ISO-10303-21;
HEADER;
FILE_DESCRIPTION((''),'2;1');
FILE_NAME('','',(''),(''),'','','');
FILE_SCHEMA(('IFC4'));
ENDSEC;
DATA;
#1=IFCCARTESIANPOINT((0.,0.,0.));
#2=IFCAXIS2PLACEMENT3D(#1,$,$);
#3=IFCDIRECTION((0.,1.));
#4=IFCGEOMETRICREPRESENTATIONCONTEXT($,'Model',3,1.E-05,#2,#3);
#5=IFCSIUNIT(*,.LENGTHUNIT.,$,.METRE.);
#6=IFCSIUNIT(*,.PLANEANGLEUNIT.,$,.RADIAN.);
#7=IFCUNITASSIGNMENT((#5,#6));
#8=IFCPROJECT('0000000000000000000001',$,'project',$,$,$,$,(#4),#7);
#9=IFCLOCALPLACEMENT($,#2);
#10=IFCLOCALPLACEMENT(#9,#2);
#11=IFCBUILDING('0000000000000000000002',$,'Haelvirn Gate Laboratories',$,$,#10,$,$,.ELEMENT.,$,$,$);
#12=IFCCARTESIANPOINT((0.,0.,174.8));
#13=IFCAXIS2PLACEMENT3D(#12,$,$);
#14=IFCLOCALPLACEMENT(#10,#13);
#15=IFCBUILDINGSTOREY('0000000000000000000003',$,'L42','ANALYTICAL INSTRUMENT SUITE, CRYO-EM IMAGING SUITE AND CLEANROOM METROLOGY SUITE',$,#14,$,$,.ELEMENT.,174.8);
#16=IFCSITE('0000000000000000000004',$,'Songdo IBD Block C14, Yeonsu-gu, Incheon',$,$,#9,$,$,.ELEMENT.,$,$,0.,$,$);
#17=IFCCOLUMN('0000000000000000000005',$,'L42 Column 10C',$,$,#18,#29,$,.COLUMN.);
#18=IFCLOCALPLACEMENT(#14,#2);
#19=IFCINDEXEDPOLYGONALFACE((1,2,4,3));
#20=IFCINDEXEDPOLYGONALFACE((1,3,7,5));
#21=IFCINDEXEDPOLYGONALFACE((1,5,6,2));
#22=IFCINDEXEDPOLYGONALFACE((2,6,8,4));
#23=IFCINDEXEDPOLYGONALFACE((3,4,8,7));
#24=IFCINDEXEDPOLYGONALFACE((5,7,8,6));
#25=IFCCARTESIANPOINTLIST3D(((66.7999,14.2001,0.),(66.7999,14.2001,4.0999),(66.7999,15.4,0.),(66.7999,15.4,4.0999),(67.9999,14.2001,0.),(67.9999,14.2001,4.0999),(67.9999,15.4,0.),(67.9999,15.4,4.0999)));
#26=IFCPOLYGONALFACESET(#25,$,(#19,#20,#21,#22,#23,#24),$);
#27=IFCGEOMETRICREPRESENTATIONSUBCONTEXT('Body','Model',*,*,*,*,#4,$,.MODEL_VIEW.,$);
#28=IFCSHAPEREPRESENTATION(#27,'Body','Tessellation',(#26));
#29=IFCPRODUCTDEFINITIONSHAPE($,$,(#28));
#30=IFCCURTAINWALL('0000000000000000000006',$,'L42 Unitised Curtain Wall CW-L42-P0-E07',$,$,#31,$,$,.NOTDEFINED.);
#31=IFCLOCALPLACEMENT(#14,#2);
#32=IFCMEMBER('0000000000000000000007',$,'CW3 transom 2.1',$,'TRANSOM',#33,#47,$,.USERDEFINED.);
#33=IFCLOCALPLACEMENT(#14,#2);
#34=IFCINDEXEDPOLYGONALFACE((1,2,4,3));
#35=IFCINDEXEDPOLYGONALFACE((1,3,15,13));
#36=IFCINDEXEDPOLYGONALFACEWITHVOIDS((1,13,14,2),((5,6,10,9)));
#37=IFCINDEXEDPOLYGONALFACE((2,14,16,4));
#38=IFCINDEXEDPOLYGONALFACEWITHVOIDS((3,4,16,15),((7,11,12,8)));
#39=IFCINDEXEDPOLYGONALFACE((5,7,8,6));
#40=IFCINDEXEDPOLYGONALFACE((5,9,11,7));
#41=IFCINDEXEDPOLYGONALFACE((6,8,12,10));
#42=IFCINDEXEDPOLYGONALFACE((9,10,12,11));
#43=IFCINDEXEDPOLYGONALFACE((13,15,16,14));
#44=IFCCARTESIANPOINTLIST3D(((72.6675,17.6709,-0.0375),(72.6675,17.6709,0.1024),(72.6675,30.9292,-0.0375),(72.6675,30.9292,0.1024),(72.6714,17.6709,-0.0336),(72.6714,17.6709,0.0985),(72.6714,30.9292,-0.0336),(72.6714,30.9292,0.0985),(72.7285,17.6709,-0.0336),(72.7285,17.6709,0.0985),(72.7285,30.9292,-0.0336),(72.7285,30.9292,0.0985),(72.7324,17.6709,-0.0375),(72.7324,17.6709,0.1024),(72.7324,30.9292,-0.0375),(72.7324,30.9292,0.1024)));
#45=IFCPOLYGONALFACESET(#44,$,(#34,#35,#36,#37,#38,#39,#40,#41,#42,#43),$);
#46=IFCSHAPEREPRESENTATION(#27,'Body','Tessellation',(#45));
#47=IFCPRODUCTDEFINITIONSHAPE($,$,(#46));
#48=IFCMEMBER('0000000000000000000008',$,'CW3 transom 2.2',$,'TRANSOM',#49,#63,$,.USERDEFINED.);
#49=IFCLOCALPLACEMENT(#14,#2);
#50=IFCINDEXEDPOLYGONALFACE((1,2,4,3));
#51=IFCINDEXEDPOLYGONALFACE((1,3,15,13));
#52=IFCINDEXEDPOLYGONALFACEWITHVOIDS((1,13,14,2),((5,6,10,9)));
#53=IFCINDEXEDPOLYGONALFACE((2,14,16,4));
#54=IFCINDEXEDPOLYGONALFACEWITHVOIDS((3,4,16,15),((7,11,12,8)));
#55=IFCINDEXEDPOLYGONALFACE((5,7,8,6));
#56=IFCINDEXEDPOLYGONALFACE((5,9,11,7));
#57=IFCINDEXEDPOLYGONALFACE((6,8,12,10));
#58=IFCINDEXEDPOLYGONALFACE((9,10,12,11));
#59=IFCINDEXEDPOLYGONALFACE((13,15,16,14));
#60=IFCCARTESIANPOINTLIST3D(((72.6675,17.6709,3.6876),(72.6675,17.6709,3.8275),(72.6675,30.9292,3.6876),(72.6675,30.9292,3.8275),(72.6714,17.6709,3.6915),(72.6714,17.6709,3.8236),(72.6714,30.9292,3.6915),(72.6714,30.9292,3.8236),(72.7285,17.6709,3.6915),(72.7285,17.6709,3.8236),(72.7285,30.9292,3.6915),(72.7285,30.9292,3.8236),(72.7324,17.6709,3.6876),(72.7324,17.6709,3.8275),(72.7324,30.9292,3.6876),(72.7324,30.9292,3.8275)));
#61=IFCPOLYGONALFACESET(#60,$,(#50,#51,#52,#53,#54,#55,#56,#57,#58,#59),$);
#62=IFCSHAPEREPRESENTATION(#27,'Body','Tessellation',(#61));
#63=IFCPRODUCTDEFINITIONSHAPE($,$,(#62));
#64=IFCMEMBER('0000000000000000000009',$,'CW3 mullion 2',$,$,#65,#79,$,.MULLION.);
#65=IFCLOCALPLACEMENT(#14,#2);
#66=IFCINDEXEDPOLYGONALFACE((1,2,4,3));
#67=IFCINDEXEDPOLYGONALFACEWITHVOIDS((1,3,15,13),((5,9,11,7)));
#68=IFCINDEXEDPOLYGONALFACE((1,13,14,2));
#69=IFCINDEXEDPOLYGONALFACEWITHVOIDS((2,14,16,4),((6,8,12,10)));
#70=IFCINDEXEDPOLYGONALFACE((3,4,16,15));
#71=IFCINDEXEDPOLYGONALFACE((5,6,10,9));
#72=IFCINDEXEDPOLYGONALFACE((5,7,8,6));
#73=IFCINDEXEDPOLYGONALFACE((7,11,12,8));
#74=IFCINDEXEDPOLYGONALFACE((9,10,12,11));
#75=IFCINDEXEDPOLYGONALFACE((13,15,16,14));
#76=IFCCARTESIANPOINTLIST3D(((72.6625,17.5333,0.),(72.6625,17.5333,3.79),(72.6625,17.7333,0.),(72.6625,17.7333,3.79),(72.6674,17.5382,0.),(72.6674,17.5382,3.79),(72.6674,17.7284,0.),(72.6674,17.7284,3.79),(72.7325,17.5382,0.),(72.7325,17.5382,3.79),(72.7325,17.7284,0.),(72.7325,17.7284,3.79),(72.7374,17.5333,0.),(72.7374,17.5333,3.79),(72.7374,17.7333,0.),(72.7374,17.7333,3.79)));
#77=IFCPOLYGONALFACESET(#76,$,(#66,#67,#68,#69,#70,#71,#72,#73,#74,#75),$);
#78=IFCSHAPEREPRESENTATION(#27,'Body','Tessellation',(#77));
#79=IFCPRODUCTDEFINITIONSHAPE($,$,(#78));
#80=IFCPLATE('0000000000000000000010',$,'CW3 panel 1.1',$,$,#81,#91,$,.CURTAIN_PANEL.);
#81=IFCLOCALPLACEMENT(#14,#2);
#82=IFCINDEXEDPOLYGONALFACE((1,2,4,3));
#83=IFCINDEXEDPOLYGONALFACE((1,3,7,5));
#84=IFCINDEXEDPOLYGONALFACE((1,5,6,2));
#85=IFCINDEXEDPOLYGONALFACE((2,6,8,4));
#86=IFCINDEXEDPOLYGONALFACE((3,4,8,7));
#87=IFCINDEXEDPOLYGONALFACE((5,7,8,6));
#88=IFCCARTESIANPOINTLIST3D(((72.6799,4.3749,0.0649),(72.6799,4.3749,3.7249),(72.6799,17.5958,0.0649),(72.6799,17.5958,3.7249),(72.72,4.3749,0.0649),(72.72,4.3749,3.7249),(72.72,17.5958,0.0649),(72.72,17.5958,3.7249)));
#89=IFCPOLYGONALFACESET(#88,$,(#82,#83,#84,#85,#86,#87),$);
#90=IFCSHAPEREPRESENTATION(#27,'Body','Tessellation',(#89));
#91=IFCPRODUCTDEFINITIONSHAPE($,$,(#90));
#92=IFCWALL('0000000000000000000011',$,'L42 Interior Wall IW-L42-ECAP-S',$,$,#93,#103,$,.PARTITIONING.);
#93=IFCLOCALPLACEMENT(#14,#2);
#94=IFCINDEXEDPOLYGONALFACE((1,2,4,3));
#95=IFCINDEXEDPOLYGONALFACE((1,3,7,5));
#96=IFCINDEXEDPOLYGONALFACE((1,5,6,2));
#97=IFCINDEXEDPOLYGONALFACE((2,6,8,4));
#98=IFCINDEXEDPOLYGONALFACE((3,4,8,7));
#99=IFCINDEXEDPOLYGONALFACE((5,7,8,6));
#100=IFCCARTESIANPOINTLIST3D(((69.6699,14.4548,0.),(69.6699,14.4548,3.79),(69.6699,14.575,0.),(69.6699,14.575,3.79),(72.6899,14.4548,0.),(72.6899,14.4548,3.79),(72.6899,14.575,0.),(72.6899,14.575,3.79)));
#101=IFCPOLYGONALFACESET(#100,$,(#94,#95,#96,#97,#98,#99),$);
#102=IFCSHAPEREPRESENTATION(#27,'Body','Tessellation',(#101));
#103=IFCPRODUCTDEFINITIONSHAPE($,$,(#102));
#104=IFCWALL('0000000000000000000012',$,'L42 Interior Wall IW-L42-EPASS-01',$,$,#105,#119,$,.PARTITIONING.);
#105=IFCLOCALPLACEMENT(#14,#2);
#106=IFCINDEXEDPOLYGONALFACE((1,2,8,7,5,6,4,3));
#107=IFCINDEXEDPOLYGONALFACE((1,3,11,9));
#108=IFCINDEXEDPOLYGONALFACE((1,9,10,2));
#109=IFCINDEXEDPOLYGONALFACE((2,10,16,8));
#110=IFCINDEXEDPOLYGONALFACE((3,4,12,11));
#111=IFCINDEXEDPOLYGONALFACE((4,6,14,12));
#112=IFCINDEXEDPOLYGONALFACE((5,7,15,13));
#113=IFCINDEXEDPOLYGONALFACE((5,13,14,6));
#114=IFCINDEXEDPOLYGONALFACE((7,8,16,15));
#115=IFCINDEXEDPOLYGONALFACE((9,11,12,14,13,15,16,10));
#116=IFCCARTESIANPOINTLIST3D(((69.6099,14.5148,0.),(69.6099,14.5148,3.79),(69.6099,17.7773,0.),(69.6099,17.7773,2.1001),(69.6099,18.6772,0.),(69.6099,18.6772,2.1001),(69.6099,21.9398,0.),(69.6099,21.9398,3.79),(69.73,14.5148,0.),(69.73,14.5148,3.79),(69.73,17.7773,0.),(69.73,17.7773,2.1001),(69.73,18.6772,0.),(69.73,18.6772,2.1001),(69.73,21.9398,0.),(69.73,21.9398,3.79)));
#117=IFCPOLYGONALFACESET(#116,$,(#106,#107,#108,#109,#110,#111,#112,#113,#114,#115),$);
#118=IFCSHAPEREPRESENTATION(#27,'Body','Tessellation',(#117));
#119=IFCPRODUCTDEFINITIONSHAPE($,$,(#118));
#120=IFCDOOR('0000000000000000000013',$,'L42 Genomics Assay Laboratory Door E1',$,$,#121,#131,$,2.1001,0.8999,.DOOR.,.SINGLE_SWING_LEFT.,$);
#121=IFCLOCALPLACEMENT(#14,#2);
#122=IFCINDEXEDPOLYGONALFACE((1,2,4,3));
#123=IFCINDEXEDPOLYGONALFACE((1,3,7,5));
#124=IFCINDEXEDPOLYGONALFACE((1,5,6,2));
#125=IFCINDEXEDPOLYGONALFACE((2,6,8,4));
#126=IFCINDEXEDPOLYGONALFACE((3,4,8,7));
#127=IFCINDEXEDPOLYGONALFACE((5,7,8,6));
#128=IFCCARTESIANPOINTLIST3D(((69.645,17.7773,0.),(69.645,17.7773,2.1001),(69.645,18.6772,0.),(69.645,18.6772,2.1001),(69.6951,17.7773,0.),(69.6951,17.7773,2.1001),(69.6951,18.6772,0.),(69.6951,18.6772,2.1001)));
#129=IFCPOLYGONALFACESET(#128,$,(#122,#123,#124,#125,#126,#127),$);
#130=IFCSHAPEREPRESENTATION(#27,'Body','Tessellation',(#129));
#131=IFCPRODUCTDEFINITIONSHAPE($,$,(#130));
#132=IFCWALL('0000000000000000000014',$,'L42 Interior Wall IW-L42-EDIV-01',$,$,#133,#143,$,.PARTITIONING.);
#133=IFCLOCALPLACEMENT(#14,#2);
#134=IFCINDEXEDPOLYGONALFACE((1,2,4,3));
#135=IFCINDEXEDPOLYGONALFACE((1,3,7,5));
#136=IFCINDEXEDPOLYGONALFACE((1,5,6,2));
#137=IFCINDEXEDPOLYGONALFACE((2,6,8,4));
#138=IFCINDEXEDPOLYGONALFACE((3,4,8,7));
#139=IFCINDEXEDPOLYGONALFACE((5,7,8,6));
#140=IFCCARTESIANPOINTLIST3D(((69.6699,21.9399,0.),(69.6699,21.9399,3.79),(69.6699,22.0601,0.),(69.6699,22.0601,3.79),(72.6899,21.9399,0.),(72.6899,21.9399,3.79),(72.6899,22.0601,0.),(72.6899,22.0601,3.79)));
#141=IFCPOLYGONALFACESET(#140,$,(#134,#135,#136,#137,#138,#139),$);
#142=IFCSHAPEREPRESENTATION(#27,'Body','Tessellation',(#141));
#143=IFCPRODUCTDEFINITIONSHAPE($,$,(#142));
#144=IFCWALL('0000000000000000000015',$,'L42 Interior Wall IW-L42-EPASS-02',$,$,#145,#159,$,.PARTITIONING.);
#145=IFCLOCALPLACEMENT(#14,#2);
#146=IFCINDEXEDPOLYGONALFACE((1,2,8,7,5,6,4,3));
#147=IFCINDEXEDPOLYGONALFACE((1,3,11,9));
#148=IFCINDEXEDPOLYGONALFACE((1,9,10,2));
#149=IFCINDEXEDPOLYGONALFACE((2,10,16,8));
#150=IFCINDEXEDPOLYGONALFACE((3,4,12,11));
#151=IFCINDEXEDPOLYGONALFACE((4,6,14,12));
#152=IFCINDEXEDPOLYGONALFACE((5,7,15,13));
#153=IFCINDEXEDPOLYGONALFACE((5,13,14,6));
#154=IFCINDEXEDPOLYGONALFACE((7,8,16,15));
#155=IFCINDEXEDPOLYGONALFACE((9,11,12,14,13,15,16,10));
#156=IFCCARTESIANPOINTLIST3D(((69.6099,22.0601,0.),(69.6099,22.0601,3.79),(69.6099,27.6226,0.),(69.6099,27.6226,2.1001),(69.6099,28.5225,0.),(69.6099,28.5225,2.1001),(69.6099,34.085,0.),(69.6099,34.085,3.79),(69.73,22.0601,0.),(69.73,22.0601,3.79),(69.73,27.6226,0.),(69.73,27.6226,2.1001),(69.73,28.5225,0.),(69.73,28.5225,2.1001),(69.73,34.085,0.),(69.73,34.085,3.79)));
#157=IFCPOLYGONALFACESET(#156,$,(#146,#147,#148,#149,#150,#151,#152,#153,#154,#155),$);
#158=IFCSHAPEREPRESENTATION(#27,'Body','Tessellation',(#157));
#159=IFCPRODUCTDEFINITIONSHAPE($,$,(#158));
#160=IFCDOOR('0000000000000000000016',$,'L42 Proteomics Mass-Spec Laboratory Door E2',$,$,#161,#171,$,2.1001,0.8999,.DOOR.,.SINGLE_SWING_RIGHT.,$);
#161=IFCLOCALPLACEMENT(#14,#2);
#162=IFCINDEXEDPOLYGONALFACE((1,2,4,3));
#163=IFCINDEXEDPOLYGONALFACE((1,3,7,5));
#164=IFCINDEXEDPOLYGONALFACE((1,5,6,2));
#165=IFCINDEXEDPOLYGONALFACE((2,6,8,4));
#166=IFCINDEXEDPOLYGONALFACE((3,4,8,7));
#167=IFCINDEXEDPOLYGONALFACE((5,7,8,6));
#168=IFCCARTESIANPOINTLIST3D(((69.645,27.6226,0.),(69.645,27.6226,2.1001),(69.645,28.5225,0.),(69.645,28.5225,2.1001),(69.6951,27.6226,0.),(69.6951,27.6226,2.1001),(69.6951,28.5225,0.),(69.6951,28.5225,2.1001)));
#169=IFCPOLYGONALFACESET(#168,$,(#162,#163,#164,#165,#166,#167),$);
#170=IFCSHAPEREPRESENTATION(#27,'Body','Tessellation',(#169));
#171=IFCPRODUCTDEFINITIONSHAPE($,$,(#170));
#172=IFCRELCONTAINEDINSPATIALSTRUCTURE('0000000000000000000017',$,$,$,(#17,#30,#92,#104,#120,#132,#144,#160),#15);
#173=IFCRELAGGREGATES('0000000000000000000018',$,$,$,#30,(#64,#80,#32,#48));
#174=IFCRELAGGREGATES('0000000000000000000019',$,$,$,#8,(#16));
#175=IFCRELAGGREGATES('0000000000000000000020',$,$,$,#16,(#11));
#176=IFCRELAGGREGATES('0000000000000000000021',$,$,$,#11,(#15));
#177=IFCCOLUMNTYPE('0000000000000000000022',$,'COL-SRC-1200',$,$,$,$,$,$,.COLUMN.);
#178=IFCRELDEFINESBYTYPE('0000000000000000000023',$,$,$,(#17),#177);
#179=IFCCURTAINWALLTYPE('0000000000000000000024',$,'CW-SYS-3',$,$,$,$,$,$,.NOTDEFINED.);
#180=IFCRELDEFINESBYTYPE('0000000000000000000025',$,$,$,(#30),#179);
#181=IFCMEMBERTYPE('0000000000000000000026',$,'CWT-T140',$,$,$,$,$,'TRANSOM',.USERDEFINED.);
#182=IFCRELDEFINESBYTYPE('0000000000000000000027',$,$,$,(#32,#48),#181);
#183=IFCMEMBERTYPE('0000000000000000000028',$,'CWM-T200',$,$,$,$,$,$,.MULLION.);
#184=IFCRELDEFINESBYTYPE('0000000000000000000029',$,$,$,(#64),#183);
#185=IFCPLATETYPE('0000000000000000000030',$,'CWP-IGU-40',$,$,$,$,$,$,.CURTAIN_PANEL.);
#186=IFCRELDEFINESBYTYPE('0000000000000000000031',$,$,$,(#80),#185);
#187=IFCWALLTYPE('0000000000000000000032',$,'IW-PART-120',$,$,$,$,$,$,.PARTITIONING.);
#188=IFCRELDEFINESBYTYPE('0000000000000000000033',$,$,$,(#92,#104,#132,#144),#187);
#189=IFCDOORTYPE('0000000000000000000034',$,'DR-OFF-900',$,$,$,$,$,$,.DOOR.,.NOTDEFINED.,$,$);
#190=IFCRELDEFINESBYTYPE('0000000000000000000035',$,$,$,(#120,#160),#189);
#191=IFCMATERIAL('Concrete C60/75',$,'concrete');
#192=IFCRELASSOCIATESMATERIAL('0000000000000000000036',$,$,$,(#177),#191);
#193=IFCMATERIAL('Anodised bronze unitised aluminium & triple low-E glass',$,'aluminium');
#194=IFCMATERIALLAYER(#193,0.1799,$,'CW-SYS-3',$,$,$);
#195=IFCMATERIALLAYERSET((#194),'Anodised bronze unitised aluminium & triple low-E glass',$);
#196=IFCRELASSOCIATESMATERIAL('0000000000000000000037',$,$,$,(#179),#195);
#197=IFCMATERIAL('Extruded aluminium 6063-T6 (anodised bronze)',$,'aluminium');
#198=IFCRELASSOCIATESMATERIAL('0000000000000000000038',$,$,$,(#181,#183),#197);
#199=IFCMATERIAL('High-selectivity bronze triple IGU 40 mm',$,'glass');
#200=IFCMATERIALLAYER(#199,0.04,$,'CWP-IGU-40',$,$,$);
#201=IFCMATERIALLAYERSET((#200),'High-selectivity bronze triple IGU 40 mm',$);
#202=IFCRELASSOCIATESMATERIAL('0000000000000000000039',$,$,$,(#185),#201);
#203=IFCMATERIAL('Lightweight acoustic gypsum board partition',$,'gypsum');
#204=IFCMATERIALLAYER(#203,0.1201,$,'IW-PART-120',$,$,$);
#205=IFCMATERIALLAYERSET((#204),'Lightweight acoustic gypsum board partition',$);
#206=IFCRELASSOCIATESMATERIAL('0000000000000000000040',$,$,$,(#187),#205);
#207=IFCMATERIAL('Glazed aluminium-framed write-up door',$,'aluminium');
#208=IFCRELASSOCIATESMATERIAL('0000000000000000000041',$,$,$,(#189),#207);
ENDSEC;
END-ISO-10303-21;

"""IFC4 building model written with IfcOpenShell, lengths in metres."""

from ifc_helpers import new_model, si_unit, direction, frame, frame_2d, origin, origin_2d, place, context, subcontext, project, spatial, rectangle, hollow_rectangle, extrude, source, transform, mapped, material, layer, layer_set, material_profile, profile_set, type_object, type_shapes, element, fill, aggregate, save


model = new_model("IFC4")

# Units and contexts
model_context = context("Model", 3, precision=1e-05, world=origin(), true_north=direction((0.0, 1.0)))
body_context = subcontext(model_context, "Body", "Model", "MODEL_VIEW")
ifc_project = project(units=[si_unit("LENGTHUNIT", "METRE"), si_unit("PLANEANGLEUNIT", "RADIAN")], contexts=[model_context])

# Site, building, storey
site_placement = place(None, origin())
site = spatial("IfcSite", under=ifc_project, at=site_placement, Name="Songdo IBD Block C14, Yeonsu-gu, Incheon", CompositionType="ELEMENT", RefElevation=0.0)
building_placement = place(site_placement, origin())
building = spatial("IfcBuilding", under=site, at=building_placement, Name="Haelvirn Gate Laboratories", CompositionType="ELEMENT")
storey_placement = place(building_placement, frame((0.0, 0.0, 174.8)))
storey = spatial("IfcBuildingStorey", under=building, at=storey_placement, Name="L42", Description="ANALYTICAL INSTRUMENT SUITE, CRYO-EM IMAGING SUITE AND CLEANROOM METROLOGY SUITE", CompositionType="ELEMENT", Elevation=174.8)

# Column
ifc_material_1 = material(Name="Concrete C60/75", Category="concrete")
ifc_material_profile_1 = material_profile(ifc_material_1, rectangle(XDim=1.2, YDim=1.2, at=origin_2d()), Name="SRC-1200x1200")
ifc_profile_set_1 = profile_set([ifc_material_profile_1], Name="Concrete C60/75")
column_type = type_object("IfcColumnType", Name="COL-SRC-1200", PredefinedType="COLUMN", material=ifc_profile_set_1)
shared_shape_1 = source(origin(), body_context, "Body", "SweptSolid", [
    extrude(rectangle(XDim=1.2, YDim=1.2, at=origin_2d()), origin(), (0.0, 0.0, 1.0), 4.0999),
])
type_shapes(column_type, [shared_shape_1])
column_placement = place(storey_placement, frame((67.3999, 14.8, 0.0), z_axis=(0.0, 0.0, 1.0), x_axis=(1.0, 0.0, 0.0)))
element("IfcColumn", 1, at=column_placement, inside=storey, type_object=column_type, Name="L42 Column 10C", PredefinedType="COLUMN", context=body_context, shape_type="MappedRepresentation", body=[
    mapped(shared_shape_1, transform((0.0, 0.0, 0.0), scale=1.0)),
])

# Curtain wall, members, plate
ifc_material_2 = material(Name="Anodised bronze unitised aluminium & triple low-E glass", Category="aluminium")
ifc_layer_1 = layer(ifc_material_2, 0.1799, Name="CW-SYS-3")
ifc_layer_set_1 = layer_set([ifc_layer_1], Name="Anodised bronze unitised aluminium & triple low-E glass")
curtain_wall_type = type_object("IfcCurtainWallType", Name="CW-SYS-3", PredefinedType="NOTDEFINED", material=ifc_layer_set_1)
curtain_wall_placement = place(storey_placement, origin())
curtain_wall = element("IfcCurtainWall", 2, at=curtain_wall_placement, inside=storey, type_object=curtain_wall_type, Name="L42 Unitised Curtain Wall CW-L42-P0-E07", PredefinedType="NOTDEFINED")
ifc_material_3 = material(Name="Extruded aluminium 6063-T6 (anodised bronze)", Category="aluminium")
ifc_material_profile_2 = material_profile(ifc_material_3, hollow_rectangle(XDim=0.0649, YDim=0.1399, WallThickness=0.0039, at=origin_2d()), Name="CWT-140x65x4")
ifc_profile_set_2 = profile_set([ifc_material_profile_2], Name="Extruded aluminium 6063-T6 (anodised bronze)")
member_type_1 = type_object("IfcMemberType", Name="CWT-T140", ElementType="TRANSOM", PredefinedType="USERDEFINED", material=ifc_profile_set_2)
shared_shape_2 = source(origin(), body_context, "Body", "SweptSolid", [
    extrude(hollow_rectangle(XDim=0.0649, YDim=0.1399, WallThickness=0.0039, at=origin_2d()), origin(), (0.0, 0.0, 1.0), 13.2583),
])
type_shapes(member_type_1, [shared_shape_2])
member_1_placement = place(storey_placement, frame((72.7, 17.6709, 0.0325), z_axis=(0.0, 1.0, 0.0), x_axis=(-1.0, 0.0, 0.0)))
member_1 = element("IfcMember", 3, at=member_1_placement, type_object=member_type_1, Name="CW3 transom 2.1", ObjectType="TRANSOM", PredefinedType="USERDEFINED", context=body_context, shape_type="MappedRepresentation", body=[
    mapped(shared_shape_2, transform((0.0, 0.0, 0.0), scale=1.0)),
])
member_2_placement = place(storey_placement, frame((72.7, 17.6709, 3.7576), z_axis=(0.0, 1.0, 0.0), x_axis=(-1.0, 0.0, 0.0)))
member_2 = element("IfcMember", 4, at=member_2_placement, type_object=member_type_1, Name="CW3 transom 2.2", ObjectType="TRANSOM", PredefinedType="USERDEFINED", context=body_context, shape_type="MappedRepresentation", body=[
    mapped(shared_shape_2, transform((0.0, 0.0, 0.0), scale=1.0)),
])
ifc_material_profile_3 = material_profile(ifc_material_3, hollow_rectangle(XDim=0.075, YDim=0.2, WallThickness=0.0049, at=origin_2d()), Name="CWM-200x75x5")
ifc_profile_set_3 = profile_set([ifc_material_profile_3], Name="Extruded aluminium 6063-T6 (anodised bronze)")
member_type_2 = type_object("IfcMemberType", Name="CWM-T200", PredefinedType="MULLION", material=ifc_profile_set_3)
shared_shape_3 = source(origin(), body_context, "Body", "SweptSolid", [
    extrude(hollow_rectangle(XDim=0.075, YDim=0.2, WallThickness=0.0049, at=origin_2d()), origin(), (0.0, 0.0, 1.0), 3.79),
])
type_shapes(member_type_2, [shared_shape_3])
member_3_placement = place(storey_placement, frame((72.7, 17.6333, 0.0), z_axis=(0.0, 0.0, 1.0), x_axis=(-1.0, 0.0, 0.0)))
member_3 = element("IfcMember", 5, at=member_3_placement, type_object=member_type_2, Name="CW3 mullion 2", PredefinedType="MULLION", context=body_context, shape_type="MappedRepresentation", body=[
    mapped(shared_shape_3, transform((0.0, 0.0, 0.0), scale=1.0)),
])
ifc_material_4 = material(Name="High-selectivity bronze triple IGU 40 mm", Category="glass")
ifc_layer_2 = layer(ifc_material_4, 0.04, Name="CWP-IGU-40")
ifc_layer_set_2 = layer_set([ifc_layer_2], Name="High-selectivity bronze triple IGU 40 mm")
plate_type = type_object("IfcPlateType", Name="CWP-IGU-40", PredefinedType="CURTAIN_PANEL", material=ifc_layer_set_2)
shared_shape_4 = source(origin(), body_context, "Body", "SweptSolid", [
    extrude(rectangle(XDim=13.2209, YDim=0.04, at=origin_2d()), origin(), (0.0, 0.0, 1.0), 3.6599),
])
type_shapes(plate_type, [shared_shape_4])
plate_placement = place(storey_placement, frame((72.7, 10.9854, 0.0649), z_axis=(0.0, 0.0, 1.0), x_axis=(0.0, 1.0, 0.0)))
plate = element("IfcPlate", 6, at=plate_placement, type_object=plate_type, Name="CW3 panel 1.1", PredefinedType="CURTAIN_PANEL", context=body_context, shape_type="MappedRepresentation", body=[
    mapped(shared_shape_4, transform((0.0, 0.0, 0.0), scale=1.0)),
])
aggregate(curtain_wall, [member_3, plate, member_1, member_2])

# Wall
ifc_material_5 = material(Name="Lightweight acoustic gypsum board partition", Category="gypsum")
ifc_layer_3 = layer(ifc_material_5, 0.1201, Name="IW-PART-120")
ifc_layer_set_3 = layer_set([ifc_layer_3], Name="Lightweight acoustic gypsum board partition")
wall_type_1 = type_object("IfcWallType", Name="IW-PART-120", PredefinedType="PARTITIONING", material=ifc_layer_set_3)
wall_1_placement = place(storey_placement, frame((69.6699, 14.5149, 0.0), z_axis=(0.0, 0.0, 1.0), x_axis=(1.0, 0.0, 0.0)))
element("IfcWall", 7, at=wall_1_placement, inside=storey, type_object=wall_type_1, Name="L42 Interior Wall IW-L42-ECAP-S", PredefinedType="PARTITIONING", context=body_context, shape_type="SweptSolid", body=[
    extrude(rectangle(XDim=3.02, YDim=0.1201, at=frame_2d((1.51, 0.0))), origin(), (0.0, 0.0, 1.0), 3.79),
])

# Wall, opening, door
wall_2_placement = place(storey_placement, frame((69.6699, 14.5149, 0.0), z_axis=(0.0, 0.0, 1.0), x_axis=(0.0, 1.0, 0.0)))
wall_2 = element("IfcWall", 8, at=wall_2_placement, inside=storey, type_object=wall_type_1, Name="L42 Interior Wall IW-L42-EPASS-01", PredefinedType="PARTITIONING", context=body_context, shape_type="SweptSolid", body=[
    extrude(rectangle(XDim=7.425, YDim=0.1201, at=frame_2d((3.7124, 0.0))), origin(), (0.0, 0.0, 1.0), 3.79),
])
opening_1_placement = place(wall_2_placement, frame((3.2625, 0.0, 0.0)))
opening_1 = element("IfcOpeningElement", 9, at=opening_1_placement, cuts=wall_2, PredefinedType="OPENING", context=body_context, shape_type="SweptSolid", body=[
    extrude(rectangle(XDim=0.8999, YDim=2.1001, at=frame_2d((0.45, 1.05))), frame((0.0, 0.0701, 0.0), z_axis=(0.0, -1.0, 0.0), x_axis=(1.0, 0.0, 0.0)), (0.0, 0.0, 1.0), 0.1401),
])
ifc_material_6 = material(Name="Glazed aluminium-framed write-up door", Category="aluminium")
door_type_1 = type_object("IfcDoorType", Name="DR-OFF-900", OperationType="NOTDEFINED", PredefinedType="DOOR", material=ifc_material_6)
shared_shape_5 = source(origin(), body_context, "Body", "SweptSolid", [
    extrude(rectangle(XDim=0.8999, YDim=2.1001, at=frame_2d((0.45, 1.05))), frame((0.0, 0.0249, 0.0), z_axis=(0.0, -1.0, 0.0), x_axis=(1.0, 0.0, 0.0)), (0.0, 0.0, 1.0), 0.05),
])
type_shapes(door_type_1, [shared_shape_5])
door_1_placement = place(opening_1_placement, origin())
door_1 = element("IfcDoor", 10, at=door_1_placement, inside=storey, type_object=door_type_1, Name="L42 Genomics Assay Laboratory Door E1", OperationType="SINGLE_SWING_LEFT", OverallHeight=2.1001, OverallWidth=0.8999, PredefinedType="DOOR", context=body_context, shape_type="MappedRepresentation", body=[
    mapped(shared_shape_5, transform((0.0, 0.0, 0.0), scale=1.0)),
])
fill(opening_1, door_1)

# Wall
wall_3_placement = place(storey_placement, frame((69.6699, 22.0, 0.0), z_axis=(0.0, 0.0, 1.0), x_axis=(1.0, 0.0, 0.0)))
element("IfcWall", 11, at=wall_3_placement, inside=storey, type_object=wall_type_1, Name="L42 Interior Wall IW-L42-EDIV-01", PredefinedType="PARTITIONING", context=body_context, shape_type="SweptSolid", body=[
    extrude(rectangle(XDim=3.02, YDim=0.1201, at=frame_2d((1.51, 0.0))), origin(), (0.0, 0.0, 1.0), 3.79),
])

# Wall, opening, door
wall_4_placement = place(storey_placement, frame((69.6699, 22.0601, 0.0), z_axis=(0.0, 0.0, 1.0), x_axis=(0.0, 1.0, 0.0)))
wall_4 = element("IfcWall", 12, at=wall_4_placement, inside=storey, type_object=wall_type_1, Name="L42 Interior Wall IW-L42-EPASS-02", PredefinedType="PARTITIONING", context=body_context, shape_type="SweptSolid", body=[
    extrude(rectangle(XDim=12.0249, YDim=0.1201, at=frame_2d((6.0125, 0.0))), origin(), (0.0, 0.0, 1.0), 3.79),
])
opening_2_placement = place(wall_4_placement, frame((5.5625, 0.0, 0.0)))
opening_2 = element("IfcOpeningElement", 13, at=opening_2_placement, cuts=wall_4, PredefinedType="OPENING", context=body_context, shape_type="SweptSolid", body=[
    extrude(rectangle(XDim=0.8999, YDim=2.1001, at=frame_2d((0.45, 1.05))), frame((0.0, 0.0701, 0.0), z_axis=(0.0, -1.0, 0.0), x_axis=(1.0, 0.0, 0.0)), (0.0, 0.0, 1.0), 0.1401),
])
door_2_placement = place(opening_2_placement, origin())
door_2 = element("IfcDoor", 14, at=door_2_placement, inside=storey, type_object=door_type_1, Name="L42 Proteomics Mass-Spec Laboratory Door E2", OperationType="SINGLE_SWING_RIGHT", OverallHeight=2.1001, OverallWidth=0.8999, PredefinedType="DOOR", context=body_context, shape_type="MappedRepresentation", body=[
    mapped(shared_shape_5, transform((0.0, 0.0, 0.0), scale=1.0)),
])
fill(opening_2, door_2)

save(model, "model.ifc")
